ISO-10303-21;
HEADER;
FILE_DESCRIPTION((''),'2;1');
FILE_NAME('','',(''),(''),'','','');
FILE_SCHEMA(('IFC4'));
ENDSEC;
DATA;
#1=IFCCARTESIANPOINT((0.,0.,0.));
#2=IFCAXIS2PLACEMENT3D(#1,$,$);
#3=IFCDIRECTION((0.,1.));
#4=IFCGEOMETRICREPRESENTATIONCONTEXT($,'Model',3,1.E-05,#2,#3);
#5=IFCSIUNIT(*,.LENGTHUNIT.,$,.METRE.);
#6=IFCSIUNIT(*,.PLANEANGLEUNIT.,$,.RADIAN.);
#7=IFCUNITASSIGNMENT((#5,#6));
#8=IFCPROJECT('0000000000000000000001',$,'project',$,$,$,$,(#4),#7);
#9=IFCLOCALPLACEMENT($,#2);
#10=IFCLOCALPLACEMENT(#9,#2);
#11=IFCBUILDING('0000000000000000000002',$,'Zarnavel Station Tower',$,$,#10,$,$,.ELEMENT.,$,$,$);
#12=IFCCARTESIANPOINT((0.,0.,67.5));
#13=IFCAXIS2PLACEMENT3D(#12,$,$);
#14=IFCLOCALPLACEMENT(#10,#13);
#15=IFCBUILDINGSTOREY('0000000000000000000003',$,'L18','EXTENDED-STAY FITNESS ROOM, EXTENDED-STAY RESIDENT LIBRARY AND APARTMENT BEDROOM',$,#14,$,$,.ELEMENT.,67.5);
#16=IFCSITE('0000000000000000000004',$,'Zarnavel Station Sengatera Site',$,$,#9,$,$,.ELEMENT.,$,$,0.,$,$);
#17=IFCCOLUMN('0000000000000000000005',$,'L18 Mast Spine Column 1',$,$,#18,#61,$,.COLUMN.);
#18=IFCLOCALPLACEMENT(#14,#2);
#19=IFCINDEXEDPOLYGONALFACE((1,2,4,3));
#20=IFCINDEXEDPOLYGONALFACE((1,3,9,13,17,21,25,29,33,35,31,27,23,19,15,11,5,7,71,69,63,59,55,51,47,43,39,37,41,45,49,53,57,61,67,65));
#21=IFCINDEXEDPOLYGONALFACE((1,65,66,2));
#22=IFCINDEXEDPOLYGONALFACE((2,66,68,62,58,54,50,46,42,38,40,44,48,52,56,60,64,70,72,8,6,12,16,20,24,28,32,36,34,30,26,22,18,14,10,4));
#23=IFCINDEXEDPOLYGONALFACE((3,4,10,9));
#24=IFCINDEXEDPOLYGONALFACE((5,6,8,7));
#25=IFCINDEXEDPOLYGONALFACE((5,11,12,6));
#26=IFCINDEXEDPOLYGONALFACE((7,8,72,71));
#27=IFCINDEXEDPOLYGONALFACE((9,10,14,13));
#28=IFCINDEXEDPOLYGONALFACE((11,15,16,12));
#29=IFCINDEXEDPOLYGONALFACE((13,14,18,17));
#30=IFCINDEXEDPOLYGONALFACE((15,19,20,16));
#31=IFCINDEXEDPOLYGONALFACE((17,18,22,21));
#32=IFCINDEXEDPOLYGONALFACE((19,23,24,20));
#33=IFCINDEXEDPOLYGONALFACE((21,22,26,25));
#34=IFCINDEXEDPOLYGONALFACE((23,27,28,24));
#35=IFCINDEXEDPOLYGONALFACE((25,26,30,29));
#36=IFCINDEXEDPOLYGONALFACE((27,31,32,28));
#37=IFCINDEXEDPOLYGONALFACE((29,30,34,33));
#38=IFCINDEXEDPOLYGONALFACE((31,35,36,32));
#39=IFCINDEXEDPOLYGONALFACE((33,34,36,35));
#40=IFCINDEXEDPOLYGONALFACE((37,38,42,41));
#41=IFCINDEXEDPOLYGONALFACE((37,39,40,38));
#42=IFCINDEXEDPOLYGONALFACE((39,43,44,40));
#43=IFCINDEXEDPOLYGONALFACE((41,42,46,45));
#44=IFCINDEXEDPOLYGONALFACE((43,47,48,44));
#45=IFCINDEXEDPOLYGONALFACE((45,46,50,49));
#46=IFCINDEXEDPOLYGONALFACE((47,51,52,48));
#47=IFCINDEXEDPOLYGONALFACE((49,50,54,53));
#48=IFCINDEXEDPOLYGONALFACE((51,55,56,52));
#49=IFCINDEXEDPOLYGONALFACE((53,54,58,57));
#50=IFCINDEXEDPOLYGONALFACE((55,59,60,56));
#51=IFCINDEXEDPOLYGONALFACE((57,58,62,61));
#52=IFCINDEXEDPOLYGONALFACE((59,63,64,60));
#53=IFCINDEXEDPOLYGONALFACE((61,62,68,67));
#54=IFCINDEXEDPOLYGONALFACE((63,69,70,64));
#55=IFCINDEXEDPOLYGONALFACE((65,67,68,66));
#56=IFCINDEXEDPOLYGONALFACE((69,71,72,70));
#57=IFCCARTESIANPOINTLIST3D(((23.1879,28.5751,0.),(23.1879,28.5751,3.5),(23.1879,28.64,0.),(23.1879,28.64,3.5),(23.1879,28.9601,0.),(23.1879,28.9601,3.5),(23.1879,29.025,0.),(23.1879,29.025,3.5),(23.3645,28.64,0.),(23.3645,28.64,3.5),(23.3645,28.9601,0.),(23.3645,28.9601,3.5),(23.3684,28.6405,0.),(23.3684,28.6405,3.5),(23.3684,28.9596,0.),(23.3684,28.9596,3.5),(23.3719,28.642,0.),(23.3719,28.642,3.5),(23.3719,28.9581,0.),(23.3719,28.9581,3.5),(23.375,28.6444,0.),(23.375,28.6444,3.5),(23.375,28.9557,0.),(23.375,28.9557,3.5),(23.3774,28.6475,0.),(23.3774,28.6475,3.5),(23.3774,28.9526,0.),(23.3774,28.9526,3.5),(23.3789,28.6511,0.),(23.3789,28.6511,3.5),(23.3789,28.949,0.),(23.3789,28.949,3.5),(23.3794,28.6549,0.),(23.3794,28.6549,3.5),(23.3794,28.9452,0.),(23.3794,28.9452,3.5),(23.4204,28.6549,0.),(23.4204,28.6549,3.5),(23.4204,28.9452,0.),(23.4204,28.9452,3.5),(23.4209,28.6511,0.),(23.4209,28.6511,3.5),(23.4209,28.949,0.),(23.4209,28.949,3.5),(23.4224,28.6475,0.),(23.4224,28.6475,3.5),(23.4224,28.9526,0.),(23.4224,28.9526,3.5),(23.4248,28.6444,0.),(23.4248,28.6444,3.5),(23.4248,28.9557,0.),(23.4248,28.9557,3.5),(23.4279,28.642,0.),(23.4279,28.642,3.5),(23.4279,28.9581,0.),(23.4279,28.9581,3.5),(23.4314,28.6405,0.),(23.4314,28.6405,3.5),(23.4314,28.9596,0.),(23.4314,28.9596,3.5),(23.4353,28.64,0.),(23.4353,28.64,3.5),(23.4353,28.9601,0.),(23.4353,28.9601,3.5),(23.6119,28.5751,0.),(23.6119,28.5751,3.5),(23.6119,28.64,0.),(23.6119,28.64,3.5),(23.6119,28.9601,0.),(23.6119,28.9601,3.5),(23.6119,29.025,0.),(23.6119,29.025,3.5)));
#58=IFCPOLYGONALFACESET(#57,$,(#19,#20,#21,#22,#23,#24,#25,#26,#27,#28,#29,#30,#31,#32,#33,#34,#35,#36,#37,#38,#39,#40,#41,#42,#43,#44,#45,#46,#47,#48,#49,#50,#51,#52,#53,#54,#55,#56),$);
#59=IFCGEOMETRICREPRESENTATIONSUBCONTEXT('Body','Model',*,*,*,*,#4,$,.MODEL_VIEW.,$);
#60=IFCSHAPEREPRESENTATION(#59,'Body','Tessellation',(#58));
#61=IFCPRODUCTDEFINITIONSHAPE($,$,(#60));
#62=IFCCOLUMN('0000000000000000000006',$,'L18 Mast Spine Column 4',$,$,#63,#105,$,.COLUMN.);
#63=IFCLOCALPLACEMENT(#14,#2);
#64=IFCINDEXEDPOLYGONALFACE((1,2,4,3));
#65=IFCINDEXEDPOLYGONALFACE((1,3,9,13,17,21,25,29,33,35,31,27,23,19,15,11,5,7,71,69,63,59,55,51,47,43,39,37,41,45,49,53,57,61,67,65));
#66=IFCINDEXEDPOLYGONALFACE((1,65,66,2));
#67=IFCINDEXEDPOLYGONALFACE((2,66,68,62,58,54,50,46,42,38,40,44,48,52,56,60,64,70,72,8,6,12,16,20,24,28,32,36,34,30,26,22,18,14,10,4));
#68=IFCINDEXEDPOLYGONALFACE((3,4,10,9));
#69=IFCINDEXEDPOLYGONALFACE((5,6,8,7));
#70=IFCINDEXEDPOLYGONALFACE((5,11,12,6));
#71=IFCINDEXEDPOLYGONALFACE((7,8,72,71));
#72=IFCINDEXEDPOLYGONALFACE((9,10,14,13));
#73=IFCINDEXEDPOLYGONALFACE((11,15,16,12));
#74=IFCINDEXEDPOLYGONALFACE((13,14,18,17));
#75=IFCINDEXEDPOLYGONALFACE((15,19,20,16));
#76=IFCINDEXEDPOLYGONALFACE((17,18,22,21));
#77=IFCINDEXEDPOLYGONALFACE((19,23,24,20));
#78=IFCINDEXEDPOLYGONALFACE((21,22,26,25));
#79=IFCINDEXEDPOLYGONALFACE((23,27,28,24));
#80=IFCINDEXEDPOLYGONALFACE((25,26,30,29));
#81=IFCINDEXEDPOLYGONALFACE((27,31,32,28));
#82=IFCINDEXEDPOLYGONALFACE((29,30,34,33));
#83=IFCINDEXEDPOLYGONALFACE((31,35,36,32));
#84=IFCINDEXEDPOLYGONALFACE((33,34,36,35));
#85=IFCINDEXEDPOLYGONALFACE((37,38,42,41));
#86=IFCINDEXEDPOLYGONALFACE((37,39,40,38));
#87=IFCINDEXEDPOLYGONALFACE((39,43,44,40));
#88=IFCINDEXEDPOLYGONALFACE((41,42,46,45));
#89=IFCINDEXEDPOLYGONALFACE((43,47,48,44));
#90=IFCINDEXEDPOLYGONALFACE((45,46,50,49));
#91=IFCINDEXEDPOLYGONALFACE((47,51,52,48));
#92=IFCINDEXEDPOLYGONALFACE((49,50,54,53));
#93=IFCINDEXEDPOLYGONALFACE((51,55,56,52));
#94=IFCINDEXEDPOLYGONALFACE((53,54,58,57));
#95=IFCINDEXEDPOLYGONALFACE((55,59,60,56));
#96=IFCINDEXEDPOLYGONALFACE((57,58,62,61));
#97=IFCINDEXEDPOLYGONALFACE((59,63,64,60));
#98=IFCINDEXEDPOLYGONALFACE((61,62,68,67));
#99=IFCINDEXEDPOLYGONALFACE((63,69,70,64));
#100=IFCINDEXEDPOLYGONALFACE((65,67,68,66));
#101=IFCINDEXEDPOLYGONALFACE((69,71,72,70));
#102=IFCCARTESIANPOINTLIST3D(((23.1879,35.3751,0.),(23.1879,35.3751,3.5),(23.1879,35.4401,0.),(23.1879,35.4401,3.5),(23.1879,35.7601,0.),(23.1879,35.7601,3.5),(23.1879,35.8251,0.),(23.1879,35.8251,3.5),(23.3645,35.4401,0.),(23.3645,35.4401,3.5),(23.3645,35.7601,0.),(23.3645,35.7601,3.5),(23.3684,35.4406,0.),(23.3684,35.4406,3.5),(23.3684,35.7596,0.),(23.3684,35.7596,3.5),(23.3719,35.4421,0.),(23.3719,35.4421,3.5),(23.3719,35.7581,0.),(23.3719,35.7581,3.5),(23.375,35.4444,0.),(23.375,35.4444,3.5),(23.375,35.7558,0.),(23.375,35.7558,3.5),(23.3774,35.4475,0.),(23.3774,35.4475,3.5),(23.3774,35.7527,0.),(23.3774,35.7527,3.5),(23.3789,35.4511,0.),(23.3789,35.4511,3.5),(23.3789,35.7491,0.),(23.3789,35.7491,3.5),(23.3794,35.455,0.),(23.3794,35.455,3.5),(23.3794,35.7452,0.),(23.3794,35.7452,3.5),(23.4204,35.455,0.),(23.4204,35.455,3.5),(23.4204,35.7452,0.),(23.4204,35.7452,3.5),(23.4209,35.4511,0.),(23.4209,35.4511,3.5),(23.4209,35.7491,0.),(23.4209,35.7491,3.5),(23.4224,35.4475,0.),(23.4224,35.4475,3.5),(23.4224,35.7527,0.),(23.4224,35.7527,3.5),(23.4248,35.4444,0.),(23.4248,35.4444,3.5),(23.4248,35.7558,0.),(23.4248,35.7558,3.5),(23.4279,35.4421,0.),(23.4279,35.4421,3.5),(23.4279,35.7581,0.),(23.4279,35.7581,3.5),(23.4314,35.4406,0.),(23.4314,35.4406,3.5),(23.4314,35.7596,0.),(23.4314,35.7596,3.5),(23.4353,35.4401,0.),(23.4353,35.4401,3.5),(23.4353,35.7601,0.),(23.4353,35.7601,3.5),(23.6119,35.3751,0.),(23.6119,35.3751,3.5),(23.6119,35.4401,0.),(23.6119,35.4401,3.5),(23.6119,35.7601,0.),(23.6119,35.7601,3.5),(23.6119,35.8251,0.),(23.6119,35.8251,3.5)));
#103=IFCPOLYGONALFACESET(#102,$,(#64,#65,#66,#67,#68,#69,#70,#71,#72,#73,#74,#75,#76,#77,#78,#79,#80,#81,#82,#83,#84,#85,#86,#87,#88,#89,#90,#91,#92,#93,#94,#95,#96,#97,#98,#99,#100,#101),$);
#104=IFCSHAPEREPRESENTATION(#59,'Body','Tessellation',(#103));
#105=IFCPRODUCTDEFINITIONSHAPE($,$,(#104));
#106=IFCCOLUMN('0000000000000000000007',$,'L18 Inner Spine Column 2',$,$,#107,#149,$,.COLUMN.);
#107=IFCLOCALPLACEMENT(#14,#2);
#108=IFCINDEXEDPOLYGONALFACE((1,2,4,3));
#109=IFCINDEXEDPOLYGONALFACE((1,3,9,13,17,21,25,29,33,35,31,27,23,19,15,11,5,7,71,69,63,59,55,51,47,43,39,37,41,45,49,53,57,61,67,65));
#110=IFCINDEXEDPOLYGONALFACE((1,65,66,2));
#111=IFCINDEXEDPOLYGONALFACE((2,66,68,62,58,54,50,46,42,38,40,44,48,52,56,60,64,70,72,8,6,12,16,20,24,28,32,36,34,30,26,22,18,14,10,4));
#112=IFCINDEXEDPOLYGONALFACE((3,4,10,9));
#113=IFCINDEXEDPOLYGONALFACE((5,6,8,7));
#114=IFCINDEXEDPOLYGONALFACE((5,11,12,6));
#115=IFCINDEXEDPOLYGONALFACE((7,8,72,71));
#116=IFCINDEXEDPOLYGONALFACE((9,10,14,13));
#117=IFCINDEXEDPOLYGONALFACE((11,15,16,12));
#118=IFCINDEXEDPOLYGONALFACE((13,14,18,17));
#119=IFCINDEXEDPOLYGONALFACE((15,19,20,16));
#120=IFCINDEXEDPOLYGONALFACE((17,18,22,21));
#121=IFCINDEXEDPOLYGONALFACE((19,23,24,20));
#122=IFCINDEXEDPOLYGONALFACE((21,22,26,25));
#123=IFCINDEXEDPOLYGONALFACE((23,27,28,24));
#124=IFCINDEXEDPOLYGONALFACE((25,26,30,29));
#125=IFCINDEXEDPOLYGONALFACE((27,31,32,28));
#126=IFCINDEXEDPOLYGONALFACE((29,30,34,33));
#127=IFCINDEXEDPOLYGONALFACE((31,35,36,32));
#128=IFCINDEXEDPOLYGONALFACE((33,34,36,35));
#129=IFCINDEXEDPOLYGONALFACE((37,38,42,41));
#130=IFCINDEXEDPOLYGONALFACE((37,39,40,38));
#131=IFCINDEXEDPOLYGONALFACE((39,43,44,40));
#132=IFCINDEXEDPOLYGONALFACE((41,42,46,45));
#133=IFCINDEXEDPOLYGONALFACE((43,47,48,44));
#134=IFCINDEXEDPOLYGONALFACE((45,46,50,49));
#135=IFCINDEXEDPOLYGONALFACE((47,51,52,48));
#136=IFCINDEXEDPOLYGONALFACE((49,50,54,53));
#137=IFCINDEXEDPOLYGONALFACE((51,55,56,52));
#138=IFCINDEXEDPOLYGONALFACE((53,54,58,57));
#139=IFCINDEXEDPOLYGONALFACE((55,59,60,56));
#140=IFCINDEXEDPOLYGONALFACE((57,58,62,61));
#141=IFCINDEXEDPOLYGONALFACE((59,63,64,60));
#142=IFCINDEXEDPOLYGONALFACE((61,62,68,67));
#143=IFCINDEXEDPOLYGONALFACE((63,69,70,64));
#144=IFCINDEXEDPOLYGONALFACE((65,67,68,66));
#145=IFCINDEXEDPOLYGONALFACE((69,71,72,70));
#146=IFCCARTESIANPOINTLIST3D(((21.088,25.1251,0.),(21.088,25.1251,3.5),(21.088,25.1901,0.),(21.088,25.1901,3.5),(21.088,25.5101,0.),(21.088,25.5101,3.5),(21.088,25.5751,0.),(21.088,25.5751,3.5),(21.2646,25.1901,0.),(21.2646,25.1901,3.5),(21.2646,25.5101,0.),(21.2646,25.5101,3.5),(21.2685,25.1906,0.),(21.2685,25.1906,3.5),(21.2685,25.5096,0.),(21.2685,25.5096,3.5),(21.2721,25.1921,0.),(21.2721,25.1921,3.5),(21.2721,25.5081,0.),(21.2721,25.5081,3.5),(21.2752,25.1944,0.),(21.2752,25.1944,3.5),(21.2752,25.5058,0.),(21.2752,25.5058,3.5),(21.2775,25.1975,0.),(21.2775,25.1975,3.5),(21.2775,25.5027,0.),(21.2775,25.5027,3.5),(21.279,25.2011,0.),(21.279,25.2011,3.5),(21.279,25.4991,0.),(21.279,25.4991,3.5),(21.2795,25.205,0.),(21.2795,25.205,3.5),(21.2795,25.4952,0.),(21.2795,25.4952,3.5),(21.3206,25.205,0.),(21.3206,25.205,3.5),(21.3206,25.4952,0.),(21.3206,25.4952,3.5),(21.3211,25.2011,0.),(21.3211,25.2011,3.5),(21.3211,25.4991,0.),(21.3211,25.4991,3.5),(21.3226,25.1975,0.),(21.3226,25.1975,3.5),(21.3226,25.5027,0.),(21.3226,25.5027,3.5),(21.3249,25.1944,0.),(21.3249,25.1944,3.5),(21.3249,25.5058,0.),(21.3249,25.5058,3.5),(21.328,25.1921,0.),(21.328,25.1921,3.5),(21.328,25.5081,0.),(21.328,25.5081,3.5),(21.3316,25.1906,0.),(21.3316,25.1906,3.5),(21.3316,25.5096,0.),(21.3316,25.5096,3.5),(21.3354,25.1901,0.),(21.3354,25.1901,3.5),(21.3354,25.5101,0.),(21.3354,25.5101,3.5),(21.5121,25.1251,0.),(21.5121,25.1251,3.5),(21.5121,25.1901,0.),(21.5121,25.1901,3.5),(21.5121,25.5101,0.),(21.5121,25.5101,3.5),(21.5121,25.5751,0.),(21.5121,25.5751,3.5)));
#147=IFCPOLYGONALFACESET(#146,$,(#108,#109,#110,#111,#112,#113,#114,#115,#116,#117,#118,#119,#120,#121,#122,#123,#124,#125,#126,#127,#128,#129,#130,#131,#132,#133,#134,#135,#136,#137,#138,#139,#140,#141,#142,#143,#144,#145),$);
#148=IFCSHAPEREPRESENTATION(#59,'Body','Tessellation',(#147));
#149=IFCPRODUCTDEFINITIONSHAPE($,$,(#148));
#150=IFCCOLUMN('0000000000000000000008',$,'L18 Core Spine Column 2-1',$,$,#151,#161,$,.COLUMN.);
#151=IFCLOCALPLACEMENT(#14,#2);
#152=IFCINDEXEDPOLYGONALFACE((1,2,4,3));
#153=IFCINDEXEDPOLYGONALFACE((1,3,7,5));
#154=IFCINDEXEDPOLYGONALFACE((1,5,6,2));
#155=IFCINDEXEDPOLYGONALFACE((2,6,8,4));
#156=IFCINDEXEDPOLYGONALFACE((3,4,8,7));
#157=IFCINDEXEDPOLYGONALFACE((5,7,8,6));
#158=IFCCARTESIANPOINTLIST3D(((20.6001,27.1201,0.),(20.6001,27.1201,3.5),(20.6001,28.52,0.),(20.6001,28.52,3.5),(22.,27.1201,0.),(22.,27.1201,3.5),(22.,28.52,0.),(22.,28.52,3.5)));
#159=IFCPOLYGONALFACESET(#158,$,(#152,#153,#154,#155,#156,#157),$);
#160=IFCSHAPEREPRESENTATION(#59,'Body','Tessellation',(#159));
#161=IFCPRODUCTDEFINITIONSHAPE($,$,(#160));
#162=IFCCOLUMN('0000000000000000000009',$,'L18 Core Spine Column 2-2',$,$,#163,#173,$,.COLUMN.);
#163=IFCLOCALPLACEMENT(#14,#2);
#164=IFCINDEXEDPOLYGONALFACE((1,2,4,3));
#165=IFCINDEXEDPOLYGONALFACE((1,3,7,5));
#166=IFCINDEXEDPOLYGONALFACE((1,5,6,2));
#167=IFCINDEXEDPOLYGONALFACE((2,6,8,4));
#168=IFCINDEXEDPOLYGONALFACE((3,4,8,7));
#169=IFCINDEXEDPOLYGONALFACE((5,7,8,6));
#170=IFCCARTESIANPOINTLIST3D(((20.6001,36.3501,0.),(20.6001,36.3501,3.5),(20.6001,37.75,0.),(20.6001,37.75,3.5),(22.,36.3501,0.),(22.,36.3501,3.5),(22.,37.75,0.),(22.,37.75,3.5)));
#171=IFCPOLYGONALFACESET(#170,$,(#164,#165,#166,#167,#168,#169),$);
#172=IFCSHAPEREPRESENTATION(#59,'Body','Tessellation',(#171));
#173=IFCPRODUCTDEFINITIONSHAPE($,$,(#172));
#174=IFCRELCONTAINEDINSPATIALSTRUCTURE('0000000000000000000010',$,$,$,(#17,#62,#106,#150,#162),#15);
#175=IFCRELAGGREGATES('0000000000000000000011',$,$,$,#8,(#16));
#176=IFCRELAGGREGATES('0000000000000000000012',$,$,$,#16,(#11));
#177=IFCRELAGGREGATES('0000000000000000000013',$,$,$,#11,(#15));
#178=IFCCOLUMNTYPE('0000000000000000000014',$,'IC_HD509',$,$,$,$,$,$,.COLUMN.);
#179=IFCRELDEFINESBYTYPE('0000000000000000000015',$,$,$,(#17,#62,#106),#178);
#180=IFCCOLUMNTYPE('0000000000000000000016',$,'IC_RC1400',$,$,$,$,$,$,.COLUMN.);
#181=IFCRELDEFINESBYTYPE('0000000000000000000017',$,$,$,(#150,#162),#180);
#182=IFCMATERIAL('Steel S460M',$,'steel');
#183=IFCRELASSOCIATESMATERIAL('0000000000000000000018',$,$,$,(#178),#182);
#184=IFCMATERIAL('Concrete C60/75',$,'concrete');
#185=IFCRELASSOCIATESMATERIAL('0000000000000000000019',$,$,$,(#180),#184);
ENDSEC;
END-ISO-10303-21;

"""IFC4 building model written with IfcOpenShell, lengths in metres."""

from ifc_helpers import new_model, si_unit, direction, frame, origin, origin_2d, place, context, subcontext, project, spatial, rectangle, i_section, extrude, material, material_profile, profile_set, type_object, element, save


model = new_model("IFC4")

# Units and contexts
model_context = context("Model", 3, precision=1e-05, world=origin(), true_north=direction((0.0, 1.0)))
body_context = subcontext(model_context, "Body", "Model", "MODEL_VIEW")
ifc_project = project(units=[si_unit("LENGTHUNIT", "METRE"), si_unit("PLANEANGLEUNIT", "RADIAN")], contexts=[model_context])

# Site, building, storey
site_placement = place(None, origin())
site = spatial("IfcSite", under=ifc_project, at=site_placement, Name="Zarnavel Station Sengatera Site", CompositionType="ELEMENT", RefElevation=0.0)
building_placement = place(site_placement, origin())
building = spatial("IfcBuilding", under=site, at=building_placement, Name="Zarnavel Station Tower", CompositionType="ELEMENT")
storey_placement = place(building_placement, frame((0.0, 0.0, 67.5)))
storey = spatial("IfcBuildingStorey", under=building, at=storey_placement, Name="L18", Description="EXTENDED-STAY FITNESS ROOM, EXTENDED-STAY RESIDENT LIBRARY AND APARTMENT BEDROOM", CompositionType="ELEMENT", Elevation=67.5)

# Columns
ifc_material_1 = material(Name="Steel S460M", Category="steel")
ifc_material_profile_1 = material_profile(ifc_material_1, i_section(OverallWidth=0.4241, OverallDepth=0.45, WebThickness=0.041, FlangeThickness=0.0649, FilletRadius=0.0149, at=origin_2d()), Name="HD400x509")
ifc_profile_set_1 = profile_set([ifc_material_profile_1], Name="Steel S460M")
column_type_1 = type_object("IfcColumnType", Name="IC_HD509", PredefinedType="COLUMN", material=ifc_profile_set_1)
for number, where, z_axis, x_axis, name in (
    (1, (23.3999, 28.8, 0.0), (0.0, 0.0, 1.0), (1.0, 0.0, 0.0), "L18 Mast Spine Column 1"),
    (2, (23.3999, 35.6001, 0.0), (0.0, 0.0, 1.0), (1.0, 0.0, 0.0), "L18 Mast Spine Column 4"),
    (3, (21.3, 25.3501, 0.0), (0.0, 0.0, 1.0), (1.0, 0.0, 0.0), "L18 Inner Spine Column 2"),
):
    element("IfcColumn", number, at=place(storey_placement, frame(where, z_axis=z_axis, x_axis=x_axis)), inside=storey, type_object=column_type_1, Name=name, PredefinedType="COLUMN", context=body_context, shape_type="SweptSolid", body=[
        extrude(i_section(OverallWidth=0.4241, OverallDepth=0.45, WebThickness=0.041, FlangeThickness=0.0649, FilletRadius=0.0149, at=origin_2d()), origin(), (0.0, 0.0, 1.0), 3.5),
    ])
ifc_material_2 = material(Name="Concrete C60/75", Category="concrete")
ifc_material_profile_2 = material_profile(ifc_material_2, rectangle(XDim=1.3999, YDim=1.3999, at=origin_2d()), Name="RC1400x1400")
ifc_profile_set_2 = profile_set([ifc_material_profile_2], Name="Concrete C60/75")
column_type_2 = type_object("IfcColumnType", Name="IC_RC1400", PredefinedType="COLUMN", material=ifc_profile_set_2)
for number, where, z_axis, x_axis, name in (
    (4, (21.3, 27.8201, 0.0), (0.0, 0.0, 1.0), (1.0, 0.0, 0.0), "L18 Core Spine Column 2-1"),
    (5, (21.3, 37.05, 0.0), (0.0, 0.0, 1.0), (1.0, 0.0, 0.0), "L18 Core Spine Column 2-2"),
):
    element("IfcColumn", number, at=place(storey_placement, frame(where, z_axis=z_axis, x_axis=x_axis)), inside=storey, type_object=column_type_2, Name=name, PredefinedType="COLUMN", context=body_context, shape_type="SweptSolid", body=[
        extrude(rectangle(XDim=1.3999, YDim=1.3999, at=origin_2d()), origin(), (0.0, 0.0, 1.0), 3.5),
    ])

save(model, "model.ifc")
